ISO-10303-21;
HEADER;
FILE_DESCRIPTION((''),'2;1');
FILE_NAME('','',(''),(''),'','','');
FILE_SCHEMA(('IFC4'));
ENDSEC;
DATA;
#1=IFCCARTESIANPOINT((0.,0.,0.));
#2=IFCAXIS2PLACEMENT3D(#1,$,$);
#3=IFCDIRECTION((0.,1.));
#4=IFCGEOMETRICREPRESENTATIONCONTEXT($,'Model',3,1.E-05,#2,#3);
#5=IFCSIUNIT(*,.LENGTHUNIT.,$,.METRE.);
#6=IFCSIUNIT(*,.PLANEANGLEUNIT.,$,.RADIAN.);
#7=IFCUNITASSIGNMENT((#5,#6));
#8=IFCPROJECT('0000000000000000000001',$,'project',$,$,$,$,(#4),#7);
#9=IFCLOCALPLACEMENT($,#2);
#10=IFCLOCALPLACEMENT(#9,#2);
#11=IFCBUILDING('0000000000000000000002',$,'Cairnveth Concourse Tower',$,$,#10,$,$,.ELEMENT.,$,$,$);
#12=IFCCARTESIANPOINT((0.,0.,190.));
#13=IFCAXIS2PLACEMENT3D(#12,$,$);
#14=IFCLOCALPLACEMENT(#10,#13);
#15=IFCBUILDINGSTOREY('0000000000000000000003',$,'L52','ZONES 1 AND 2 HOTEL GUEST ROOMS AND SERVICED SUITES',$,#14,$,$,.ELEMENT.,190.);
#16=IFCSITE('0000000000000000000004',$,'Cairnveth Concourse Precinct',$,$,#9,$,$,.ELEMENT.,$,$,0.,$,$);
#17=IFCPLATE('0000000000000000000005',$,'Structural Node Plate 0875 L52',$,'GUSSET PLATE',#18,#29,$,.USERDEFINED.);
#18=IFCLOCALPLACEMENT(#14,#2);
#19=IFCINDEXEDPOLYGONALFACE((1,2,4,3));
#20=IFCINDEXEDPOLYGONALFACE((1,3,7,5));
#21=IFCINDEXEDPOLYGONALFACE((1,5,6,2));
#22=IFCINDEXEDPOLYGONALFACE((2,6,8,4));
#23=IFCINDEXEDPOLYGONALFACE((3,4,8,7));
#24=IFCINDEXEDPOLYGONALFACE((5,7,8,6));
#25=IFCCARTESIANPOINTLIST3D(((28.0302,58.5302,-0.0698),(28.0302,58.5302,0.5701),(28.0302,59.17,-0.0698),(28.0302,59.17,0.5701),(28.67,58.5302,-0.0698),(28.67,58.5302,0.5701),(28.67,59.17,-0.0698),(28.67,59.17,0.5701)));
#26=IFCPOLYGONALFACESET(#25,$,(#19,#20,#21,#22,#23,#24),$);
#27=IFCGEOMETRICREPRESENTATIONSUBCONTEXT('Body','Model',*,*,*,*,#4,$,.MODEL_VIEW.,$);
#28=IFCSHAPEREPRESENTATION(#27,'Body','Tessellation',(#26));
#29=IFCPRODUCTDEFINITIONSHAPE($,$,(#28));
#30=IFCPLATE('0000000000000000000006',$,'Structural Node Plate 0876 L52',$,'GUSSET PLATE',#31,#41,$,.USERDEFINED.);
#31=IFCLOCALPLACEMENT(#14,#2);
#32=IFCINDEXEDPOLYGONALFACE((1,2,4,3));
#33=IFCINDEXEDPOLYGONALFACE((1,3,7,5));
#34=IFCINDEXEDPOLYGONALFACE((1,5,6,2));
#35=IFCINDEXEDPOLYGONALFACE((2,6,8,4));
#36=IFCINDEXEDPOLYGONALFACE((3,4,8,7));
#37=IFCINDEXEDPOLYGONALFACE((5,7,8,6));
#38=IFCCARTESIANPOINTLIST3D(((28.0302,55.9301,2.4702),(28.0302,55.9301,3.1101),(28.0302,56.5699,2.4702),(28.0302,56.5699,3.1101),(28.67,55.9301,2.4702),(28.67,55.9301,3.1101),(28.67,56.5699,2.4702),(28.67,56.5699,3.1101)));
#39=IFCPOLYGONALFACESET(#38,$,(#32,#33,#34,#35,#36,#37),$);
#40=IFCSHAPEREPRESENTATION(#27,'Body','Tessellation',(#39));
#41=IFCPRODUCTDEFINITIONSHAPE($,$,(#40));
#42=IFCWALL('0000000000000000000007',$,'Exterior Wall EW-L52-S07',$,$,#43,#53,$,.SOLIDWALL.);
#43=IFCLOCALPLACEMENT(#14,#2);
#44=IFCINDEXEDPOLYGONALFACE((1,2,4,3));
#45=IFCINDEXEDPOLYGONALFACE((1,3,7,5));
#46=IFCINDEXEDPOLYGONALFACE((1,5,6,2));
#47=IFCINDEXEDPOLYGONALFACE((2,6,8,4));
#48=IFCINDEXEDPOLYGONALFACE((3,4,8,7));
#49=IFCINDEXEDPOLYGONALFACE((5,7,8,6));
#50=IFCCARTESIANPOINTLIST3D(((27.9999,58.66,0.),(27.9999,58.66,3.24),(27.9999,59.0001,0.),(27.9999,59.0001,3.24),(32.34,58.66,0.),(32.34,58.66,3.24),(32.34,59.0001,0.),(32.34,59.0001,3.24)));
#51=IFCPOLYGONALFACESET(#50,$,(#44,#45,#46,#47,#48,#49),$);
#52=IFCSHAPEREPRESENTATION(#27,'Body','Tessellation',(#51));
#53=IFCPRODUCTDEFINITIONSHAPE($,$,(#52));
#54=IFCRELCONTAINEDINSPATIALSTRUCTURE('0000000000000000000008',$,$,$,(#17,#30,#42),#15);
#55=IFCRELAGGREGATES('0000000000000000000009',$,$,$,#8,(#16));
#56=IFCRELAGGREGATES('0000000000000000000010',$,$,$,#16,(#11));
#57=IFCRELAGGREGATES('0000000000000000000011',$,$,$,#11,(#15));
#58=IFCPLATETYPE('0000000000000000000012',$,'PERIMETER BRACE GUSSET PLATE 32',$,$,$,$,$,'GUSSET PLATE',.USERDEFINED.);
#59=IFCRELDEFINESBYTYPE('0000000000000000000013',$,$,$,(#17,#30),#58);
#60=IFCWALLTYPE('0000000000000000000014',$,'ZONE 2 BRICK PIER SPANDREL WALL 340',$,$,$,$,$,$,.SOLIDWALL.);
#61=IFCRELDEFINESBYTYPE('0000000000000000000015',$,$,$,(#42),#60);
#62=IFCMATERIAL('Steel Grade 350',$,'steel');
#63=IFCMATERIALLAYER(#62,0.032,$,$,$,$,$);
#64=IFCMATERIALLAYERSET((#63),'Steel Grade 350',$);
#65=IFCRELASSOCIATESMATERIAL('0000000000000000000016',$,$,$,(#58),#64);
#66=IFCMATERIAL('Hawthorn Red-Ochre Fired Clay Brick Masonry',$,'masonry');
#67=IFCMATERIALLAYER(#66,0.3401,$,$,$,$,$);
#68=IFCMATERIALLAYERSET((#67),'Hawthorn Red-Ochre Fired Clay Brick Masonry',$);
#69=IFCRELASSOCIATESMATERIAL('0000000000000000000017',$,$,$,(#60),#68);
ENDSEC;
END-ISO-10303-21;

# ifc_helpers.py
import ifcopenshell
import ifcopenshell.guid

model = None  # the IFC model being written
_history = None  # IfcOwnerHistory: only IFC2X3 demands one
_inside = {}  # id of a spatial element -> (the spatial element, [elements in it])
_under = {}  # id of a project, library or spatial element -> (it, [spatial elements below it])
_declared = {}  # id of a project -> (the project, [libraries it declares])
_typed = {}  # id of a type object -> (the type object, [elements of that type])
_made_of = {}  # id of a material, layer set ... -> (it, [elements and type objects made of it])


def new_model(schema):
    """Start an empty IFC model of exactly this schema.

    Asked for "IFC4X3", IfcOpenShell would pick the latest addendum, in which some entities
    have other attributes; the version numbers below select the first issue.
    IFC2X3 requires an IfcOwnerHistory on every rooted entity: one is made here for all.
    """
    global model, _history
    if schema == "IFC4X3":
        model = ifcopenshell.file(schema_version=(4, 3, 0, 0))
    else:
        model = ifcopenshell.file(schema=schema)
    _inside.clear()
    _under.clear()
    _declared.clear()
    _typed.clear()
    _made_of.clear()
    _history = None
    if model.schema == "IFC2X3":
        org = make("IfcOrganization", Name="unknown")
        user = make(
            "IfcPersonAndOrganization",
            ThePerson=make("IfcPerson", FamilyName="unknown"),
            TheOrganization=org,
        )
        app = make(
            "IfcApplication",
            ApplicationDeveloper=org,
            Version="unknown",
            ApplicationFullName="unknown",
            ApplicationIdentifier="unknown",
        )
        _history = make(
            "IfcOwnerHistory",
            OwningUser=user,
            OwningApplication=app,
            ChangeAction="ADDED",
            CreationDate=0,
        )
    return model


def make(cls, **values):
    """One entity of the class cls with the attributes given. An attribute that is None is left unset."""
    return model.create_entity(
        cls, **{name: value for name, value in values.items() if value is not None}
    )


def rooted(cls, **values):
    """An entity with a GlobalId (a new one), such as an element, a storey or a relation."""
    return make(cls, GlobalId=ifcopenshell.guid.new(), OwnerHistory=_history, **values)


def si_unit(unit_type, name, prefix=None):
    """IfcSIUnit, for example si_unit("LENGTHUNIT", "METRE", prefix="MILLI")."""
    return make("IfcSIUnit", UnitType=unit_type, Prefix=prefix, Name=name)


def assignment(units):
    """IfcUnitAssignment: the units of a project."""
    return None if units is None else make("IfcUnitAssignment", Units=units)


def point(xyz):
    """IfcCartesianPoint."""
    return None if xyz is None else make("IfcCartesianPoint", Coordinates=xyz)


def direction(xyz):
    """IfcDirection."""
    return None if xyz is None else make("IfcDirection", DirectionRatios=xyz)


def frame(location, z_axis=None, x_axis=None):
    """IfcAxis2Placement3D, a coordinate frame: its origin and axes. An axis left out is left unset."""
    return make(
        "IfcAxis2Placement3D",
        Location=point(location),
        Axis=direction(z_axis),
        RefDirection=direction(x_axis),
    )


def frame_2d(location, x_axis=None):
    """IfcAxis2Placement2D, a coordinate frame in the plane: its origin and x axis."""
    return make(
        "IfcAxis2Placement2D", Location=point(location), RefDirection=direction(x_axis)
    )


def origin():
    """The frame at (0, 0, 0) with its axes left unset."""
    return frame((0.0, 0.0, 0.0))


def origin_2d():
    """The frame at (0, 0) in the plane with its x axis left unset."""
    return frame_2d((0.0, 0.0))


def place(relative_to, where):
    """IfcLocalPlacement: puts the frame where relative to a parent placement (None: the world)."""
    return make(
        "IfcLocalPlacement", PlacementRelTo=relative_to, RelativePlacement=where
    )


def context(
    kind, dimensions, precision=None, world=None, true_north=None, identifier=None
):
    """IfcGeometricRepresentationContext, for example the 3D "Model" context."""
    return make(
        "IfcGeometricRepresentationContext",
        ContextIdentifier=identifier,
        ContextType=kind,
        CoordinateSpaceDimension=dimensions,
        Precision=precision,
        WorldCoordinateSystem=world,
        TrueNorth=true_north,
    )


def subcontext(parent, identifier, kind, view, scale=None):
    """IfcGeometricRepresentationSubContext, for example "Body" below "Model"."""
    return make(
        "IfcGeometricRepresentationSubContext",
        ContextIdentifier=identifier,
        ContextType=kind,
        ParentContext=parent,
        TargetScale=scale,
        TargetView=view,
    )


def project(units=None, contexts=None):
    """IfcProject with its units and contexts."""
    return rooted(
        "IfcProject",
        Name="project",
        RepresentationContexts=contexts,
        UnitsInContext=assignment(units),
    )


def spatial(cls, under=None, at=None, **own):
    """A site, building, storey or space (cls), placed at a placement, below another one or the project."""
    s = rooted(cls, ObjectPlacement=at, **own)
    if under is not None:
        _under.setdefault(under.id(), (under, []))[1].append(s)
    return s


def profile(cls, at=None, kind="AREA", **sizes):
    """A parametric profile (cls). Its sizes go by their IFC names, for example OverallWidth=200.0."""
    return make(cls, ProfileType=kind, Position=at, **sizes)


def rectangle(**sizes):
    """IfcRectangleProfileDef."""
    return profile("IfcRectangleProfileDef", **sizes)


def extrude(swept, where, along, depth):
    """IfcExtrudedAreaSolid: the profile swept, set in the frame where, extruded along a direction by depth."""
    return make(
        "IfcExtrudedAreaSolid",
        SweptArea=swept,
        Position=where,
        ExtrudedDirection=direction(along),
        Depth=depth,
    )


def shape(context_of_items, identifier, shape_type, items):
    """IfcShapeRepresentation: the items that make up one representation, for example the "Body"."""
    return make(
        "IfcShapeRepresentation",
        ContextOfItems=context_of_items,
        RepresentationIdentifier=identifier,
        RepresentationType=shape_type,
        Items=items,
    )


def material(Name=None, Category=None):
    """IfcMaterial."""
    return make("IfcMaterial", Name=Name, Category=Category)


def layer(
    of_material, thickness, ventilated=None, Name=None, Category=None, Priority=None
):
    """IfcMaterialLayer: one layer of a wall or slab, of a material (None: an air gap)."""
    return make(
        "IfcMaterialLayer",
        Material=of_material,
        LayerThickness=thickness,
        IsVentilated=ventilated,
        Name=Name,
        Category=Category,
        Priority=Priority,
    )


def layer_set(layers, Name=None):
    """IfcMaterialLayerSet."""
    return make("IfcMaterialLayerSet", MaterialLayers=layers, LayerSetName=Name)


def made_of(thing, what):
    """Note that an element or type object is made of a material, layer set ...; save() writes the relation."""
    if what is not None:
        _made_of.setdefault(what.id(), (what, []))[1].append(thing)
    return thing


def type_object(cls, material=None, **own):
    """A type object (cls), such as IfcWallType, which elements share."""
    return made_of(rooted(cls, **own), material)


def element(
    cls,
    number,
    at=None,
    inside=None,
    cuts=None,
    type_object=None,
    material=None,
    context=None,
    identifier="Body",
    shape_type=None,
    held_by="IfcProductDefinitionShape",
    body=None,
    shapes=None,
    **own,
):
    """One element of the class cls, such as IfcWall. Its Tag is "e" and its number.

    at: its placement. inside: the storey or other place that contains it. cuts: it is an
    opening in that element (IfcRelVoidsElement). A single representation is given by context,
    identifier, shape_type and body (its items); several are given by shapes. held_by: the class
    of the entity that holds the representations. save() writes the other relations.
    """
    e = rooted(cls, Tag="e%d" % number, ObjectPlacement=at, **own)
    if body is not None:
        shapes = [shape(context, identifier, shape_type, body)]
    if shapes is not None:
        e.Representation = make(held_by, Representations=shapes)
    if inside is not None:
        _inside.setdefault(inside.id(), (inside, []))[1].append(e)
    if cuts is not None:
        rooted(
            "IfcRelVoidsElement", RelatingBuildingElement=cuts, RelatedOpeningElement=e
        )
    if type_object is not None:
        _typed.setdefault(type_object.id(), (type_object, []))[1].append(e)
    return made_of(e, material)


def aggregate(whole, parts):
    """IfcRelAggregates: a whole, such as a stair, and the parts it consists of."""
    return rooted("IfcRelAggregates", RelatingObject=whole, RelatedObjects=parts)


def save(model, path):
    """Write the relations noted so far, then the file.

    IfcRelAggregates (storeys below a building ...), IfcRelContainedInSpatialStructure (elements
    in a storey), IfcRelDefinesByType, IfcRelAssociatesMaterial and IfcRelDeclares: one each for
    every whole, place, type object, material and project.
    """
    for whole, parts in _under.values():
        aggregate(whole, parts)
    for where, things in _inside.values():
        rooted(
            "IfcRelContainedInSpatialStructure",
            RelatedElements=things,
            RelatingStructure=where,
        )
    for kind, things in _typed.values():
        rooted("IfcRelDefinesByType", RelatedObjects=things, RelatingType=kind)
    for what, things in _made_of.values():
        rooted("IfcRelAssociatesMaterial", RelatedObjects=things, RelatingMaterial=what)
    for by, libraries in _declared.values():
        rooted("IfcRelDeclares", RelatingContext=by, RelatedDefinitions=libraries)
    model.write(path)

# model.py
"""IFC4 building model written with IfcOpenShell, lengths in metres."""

from ifc_helpers import new_model, si_unit, direction, frame, frame_2d, origin, origin_2d, place, context, subcontext, project, spatial, rectangle, extrude, material, layer, layer_set, type_object, element, save


model = new_model("IFC4")

# Units and contexts
model_context = context("Model", 3, precision=1e-05, world=origin(), true_north=direction((0.0, 1.0)))
body_context = subcontext(model_context, "Body", "Model", "MODEL_VIEW")
ifc_project = project(units=[si_unit("LENGTHUNIT", "METRE"), si_unit("PLANEANGLEUNIT", "RADIAN")], contexts=[model_context])

# Site, building, storey
site_placement = place(None, origin())
site = spatial("IfcSite", under=ifc_project, at=site_placement, Name="Cairnveth Concourse Precinct", CompositionType="ELEMENT", RefElevation=0.0)
building_placement = place(site_placement, origin())
building = spatial("IfcBuilding", under=site, at=building_placement, Name="Cairnveth Concourse Tower", CompositionType="ELEMENT")
storey_placement = place(building_placement, frame((0.0, 0.0, 190.0)))
storey = spatial("IfcBuildingStorey", under=building, at=storey_placement, Name="L52", Description="ZONES 1 AND 2 HOTEL GUEST ROOMS AND SERVICED SUITES", CompositionType="ELEMENT", Elevation=190.0)

# Shared definitions
ifc_material_1 = material(Name="Steel Grade 350", Category="steel")

# Plates
ifc_layer_1 = layer(ifc_material_1, 0.032)
ifc_layer_set_1 = layer_set([ifc_layer_1], Name="Steel Grade 350")
plate_type = type_object("IfcPlateType", Name="PERIMETER BRACE GUSSET PLATE 32", ElementType="GUSSET PLATE", PredefinedType="USERDEFINED", material=ifc_layer_set_1)
for number, where, z_axis, x_axis, name in (
    (1, (28.3501, 58.8501, -0.0698), (0.0, 0.0, 1.0), (1.0, 0.0, 0.0), "Structural Node Plate 0875 L52"),
    (2, (28.3501, 56.25, 2.4702), (0.0, 0.0, 1.0), (1.0, 0.0, 0.0), "Structural Node Plate 0876 L52"),
):
    element("IfcPlate", number, at=place(storey_placement, frame(where, z_axis=z_axis, x_axis=x_axis)), inside=storey, type_object=plate_type, Name=name, ObjectType="GUSSET PLATE", PredefinedType="USERDEFINED", context=body_context, shape_type="SweptSolid", body=[
        extrude(rectangle(XDim=0.6399, YDim=0.6399, at=origin_2d()), origin(), (0.0, 0.0, 1.0), 0.6399),
    ])

# Wall
ifc_material_2 = material(Name="Hawthorn Red-Ochre Fired Clay Brick Masonry", Category="masonry")
ifc_layer_2 = layer(ifc_material_2, 0.3401)
ifc_layer_set_2 = layer_set([ifc_layer_2], Name="Hawthorn Red-Ochre Fired Clay Brick Masonry")
wall_type = type_object("IfcWallType", Name="ZONE 2 BRICK PIER SPANDREL WALL 340", PredefinedType="SOLIDWALL", material=ifc_layer_set_2)
wall_1_placement = place(storey_placement, frame((28.0, 58.8301, 0.0), z_axis=(0.0, 0.0, 1.0), x_axis=(1.0, 0.0, 0.0)))
element("IfcWall", 3, at=wall_1_placement, inside=storey, type_object=wall_type, Name="Exterior Wall EW-L52-S07", PredefinedType="SOLIDWALL", context=body_context, shape_type="SweptSolid", body=[
    extrude(rectangle(XDim=4.3401, YDim=0.3401, at=frame_2d((2.1699, 0.0))), origin(), (0.0, 0.0, 1.0), 3.24),
])

save(model, "model.ifc")
